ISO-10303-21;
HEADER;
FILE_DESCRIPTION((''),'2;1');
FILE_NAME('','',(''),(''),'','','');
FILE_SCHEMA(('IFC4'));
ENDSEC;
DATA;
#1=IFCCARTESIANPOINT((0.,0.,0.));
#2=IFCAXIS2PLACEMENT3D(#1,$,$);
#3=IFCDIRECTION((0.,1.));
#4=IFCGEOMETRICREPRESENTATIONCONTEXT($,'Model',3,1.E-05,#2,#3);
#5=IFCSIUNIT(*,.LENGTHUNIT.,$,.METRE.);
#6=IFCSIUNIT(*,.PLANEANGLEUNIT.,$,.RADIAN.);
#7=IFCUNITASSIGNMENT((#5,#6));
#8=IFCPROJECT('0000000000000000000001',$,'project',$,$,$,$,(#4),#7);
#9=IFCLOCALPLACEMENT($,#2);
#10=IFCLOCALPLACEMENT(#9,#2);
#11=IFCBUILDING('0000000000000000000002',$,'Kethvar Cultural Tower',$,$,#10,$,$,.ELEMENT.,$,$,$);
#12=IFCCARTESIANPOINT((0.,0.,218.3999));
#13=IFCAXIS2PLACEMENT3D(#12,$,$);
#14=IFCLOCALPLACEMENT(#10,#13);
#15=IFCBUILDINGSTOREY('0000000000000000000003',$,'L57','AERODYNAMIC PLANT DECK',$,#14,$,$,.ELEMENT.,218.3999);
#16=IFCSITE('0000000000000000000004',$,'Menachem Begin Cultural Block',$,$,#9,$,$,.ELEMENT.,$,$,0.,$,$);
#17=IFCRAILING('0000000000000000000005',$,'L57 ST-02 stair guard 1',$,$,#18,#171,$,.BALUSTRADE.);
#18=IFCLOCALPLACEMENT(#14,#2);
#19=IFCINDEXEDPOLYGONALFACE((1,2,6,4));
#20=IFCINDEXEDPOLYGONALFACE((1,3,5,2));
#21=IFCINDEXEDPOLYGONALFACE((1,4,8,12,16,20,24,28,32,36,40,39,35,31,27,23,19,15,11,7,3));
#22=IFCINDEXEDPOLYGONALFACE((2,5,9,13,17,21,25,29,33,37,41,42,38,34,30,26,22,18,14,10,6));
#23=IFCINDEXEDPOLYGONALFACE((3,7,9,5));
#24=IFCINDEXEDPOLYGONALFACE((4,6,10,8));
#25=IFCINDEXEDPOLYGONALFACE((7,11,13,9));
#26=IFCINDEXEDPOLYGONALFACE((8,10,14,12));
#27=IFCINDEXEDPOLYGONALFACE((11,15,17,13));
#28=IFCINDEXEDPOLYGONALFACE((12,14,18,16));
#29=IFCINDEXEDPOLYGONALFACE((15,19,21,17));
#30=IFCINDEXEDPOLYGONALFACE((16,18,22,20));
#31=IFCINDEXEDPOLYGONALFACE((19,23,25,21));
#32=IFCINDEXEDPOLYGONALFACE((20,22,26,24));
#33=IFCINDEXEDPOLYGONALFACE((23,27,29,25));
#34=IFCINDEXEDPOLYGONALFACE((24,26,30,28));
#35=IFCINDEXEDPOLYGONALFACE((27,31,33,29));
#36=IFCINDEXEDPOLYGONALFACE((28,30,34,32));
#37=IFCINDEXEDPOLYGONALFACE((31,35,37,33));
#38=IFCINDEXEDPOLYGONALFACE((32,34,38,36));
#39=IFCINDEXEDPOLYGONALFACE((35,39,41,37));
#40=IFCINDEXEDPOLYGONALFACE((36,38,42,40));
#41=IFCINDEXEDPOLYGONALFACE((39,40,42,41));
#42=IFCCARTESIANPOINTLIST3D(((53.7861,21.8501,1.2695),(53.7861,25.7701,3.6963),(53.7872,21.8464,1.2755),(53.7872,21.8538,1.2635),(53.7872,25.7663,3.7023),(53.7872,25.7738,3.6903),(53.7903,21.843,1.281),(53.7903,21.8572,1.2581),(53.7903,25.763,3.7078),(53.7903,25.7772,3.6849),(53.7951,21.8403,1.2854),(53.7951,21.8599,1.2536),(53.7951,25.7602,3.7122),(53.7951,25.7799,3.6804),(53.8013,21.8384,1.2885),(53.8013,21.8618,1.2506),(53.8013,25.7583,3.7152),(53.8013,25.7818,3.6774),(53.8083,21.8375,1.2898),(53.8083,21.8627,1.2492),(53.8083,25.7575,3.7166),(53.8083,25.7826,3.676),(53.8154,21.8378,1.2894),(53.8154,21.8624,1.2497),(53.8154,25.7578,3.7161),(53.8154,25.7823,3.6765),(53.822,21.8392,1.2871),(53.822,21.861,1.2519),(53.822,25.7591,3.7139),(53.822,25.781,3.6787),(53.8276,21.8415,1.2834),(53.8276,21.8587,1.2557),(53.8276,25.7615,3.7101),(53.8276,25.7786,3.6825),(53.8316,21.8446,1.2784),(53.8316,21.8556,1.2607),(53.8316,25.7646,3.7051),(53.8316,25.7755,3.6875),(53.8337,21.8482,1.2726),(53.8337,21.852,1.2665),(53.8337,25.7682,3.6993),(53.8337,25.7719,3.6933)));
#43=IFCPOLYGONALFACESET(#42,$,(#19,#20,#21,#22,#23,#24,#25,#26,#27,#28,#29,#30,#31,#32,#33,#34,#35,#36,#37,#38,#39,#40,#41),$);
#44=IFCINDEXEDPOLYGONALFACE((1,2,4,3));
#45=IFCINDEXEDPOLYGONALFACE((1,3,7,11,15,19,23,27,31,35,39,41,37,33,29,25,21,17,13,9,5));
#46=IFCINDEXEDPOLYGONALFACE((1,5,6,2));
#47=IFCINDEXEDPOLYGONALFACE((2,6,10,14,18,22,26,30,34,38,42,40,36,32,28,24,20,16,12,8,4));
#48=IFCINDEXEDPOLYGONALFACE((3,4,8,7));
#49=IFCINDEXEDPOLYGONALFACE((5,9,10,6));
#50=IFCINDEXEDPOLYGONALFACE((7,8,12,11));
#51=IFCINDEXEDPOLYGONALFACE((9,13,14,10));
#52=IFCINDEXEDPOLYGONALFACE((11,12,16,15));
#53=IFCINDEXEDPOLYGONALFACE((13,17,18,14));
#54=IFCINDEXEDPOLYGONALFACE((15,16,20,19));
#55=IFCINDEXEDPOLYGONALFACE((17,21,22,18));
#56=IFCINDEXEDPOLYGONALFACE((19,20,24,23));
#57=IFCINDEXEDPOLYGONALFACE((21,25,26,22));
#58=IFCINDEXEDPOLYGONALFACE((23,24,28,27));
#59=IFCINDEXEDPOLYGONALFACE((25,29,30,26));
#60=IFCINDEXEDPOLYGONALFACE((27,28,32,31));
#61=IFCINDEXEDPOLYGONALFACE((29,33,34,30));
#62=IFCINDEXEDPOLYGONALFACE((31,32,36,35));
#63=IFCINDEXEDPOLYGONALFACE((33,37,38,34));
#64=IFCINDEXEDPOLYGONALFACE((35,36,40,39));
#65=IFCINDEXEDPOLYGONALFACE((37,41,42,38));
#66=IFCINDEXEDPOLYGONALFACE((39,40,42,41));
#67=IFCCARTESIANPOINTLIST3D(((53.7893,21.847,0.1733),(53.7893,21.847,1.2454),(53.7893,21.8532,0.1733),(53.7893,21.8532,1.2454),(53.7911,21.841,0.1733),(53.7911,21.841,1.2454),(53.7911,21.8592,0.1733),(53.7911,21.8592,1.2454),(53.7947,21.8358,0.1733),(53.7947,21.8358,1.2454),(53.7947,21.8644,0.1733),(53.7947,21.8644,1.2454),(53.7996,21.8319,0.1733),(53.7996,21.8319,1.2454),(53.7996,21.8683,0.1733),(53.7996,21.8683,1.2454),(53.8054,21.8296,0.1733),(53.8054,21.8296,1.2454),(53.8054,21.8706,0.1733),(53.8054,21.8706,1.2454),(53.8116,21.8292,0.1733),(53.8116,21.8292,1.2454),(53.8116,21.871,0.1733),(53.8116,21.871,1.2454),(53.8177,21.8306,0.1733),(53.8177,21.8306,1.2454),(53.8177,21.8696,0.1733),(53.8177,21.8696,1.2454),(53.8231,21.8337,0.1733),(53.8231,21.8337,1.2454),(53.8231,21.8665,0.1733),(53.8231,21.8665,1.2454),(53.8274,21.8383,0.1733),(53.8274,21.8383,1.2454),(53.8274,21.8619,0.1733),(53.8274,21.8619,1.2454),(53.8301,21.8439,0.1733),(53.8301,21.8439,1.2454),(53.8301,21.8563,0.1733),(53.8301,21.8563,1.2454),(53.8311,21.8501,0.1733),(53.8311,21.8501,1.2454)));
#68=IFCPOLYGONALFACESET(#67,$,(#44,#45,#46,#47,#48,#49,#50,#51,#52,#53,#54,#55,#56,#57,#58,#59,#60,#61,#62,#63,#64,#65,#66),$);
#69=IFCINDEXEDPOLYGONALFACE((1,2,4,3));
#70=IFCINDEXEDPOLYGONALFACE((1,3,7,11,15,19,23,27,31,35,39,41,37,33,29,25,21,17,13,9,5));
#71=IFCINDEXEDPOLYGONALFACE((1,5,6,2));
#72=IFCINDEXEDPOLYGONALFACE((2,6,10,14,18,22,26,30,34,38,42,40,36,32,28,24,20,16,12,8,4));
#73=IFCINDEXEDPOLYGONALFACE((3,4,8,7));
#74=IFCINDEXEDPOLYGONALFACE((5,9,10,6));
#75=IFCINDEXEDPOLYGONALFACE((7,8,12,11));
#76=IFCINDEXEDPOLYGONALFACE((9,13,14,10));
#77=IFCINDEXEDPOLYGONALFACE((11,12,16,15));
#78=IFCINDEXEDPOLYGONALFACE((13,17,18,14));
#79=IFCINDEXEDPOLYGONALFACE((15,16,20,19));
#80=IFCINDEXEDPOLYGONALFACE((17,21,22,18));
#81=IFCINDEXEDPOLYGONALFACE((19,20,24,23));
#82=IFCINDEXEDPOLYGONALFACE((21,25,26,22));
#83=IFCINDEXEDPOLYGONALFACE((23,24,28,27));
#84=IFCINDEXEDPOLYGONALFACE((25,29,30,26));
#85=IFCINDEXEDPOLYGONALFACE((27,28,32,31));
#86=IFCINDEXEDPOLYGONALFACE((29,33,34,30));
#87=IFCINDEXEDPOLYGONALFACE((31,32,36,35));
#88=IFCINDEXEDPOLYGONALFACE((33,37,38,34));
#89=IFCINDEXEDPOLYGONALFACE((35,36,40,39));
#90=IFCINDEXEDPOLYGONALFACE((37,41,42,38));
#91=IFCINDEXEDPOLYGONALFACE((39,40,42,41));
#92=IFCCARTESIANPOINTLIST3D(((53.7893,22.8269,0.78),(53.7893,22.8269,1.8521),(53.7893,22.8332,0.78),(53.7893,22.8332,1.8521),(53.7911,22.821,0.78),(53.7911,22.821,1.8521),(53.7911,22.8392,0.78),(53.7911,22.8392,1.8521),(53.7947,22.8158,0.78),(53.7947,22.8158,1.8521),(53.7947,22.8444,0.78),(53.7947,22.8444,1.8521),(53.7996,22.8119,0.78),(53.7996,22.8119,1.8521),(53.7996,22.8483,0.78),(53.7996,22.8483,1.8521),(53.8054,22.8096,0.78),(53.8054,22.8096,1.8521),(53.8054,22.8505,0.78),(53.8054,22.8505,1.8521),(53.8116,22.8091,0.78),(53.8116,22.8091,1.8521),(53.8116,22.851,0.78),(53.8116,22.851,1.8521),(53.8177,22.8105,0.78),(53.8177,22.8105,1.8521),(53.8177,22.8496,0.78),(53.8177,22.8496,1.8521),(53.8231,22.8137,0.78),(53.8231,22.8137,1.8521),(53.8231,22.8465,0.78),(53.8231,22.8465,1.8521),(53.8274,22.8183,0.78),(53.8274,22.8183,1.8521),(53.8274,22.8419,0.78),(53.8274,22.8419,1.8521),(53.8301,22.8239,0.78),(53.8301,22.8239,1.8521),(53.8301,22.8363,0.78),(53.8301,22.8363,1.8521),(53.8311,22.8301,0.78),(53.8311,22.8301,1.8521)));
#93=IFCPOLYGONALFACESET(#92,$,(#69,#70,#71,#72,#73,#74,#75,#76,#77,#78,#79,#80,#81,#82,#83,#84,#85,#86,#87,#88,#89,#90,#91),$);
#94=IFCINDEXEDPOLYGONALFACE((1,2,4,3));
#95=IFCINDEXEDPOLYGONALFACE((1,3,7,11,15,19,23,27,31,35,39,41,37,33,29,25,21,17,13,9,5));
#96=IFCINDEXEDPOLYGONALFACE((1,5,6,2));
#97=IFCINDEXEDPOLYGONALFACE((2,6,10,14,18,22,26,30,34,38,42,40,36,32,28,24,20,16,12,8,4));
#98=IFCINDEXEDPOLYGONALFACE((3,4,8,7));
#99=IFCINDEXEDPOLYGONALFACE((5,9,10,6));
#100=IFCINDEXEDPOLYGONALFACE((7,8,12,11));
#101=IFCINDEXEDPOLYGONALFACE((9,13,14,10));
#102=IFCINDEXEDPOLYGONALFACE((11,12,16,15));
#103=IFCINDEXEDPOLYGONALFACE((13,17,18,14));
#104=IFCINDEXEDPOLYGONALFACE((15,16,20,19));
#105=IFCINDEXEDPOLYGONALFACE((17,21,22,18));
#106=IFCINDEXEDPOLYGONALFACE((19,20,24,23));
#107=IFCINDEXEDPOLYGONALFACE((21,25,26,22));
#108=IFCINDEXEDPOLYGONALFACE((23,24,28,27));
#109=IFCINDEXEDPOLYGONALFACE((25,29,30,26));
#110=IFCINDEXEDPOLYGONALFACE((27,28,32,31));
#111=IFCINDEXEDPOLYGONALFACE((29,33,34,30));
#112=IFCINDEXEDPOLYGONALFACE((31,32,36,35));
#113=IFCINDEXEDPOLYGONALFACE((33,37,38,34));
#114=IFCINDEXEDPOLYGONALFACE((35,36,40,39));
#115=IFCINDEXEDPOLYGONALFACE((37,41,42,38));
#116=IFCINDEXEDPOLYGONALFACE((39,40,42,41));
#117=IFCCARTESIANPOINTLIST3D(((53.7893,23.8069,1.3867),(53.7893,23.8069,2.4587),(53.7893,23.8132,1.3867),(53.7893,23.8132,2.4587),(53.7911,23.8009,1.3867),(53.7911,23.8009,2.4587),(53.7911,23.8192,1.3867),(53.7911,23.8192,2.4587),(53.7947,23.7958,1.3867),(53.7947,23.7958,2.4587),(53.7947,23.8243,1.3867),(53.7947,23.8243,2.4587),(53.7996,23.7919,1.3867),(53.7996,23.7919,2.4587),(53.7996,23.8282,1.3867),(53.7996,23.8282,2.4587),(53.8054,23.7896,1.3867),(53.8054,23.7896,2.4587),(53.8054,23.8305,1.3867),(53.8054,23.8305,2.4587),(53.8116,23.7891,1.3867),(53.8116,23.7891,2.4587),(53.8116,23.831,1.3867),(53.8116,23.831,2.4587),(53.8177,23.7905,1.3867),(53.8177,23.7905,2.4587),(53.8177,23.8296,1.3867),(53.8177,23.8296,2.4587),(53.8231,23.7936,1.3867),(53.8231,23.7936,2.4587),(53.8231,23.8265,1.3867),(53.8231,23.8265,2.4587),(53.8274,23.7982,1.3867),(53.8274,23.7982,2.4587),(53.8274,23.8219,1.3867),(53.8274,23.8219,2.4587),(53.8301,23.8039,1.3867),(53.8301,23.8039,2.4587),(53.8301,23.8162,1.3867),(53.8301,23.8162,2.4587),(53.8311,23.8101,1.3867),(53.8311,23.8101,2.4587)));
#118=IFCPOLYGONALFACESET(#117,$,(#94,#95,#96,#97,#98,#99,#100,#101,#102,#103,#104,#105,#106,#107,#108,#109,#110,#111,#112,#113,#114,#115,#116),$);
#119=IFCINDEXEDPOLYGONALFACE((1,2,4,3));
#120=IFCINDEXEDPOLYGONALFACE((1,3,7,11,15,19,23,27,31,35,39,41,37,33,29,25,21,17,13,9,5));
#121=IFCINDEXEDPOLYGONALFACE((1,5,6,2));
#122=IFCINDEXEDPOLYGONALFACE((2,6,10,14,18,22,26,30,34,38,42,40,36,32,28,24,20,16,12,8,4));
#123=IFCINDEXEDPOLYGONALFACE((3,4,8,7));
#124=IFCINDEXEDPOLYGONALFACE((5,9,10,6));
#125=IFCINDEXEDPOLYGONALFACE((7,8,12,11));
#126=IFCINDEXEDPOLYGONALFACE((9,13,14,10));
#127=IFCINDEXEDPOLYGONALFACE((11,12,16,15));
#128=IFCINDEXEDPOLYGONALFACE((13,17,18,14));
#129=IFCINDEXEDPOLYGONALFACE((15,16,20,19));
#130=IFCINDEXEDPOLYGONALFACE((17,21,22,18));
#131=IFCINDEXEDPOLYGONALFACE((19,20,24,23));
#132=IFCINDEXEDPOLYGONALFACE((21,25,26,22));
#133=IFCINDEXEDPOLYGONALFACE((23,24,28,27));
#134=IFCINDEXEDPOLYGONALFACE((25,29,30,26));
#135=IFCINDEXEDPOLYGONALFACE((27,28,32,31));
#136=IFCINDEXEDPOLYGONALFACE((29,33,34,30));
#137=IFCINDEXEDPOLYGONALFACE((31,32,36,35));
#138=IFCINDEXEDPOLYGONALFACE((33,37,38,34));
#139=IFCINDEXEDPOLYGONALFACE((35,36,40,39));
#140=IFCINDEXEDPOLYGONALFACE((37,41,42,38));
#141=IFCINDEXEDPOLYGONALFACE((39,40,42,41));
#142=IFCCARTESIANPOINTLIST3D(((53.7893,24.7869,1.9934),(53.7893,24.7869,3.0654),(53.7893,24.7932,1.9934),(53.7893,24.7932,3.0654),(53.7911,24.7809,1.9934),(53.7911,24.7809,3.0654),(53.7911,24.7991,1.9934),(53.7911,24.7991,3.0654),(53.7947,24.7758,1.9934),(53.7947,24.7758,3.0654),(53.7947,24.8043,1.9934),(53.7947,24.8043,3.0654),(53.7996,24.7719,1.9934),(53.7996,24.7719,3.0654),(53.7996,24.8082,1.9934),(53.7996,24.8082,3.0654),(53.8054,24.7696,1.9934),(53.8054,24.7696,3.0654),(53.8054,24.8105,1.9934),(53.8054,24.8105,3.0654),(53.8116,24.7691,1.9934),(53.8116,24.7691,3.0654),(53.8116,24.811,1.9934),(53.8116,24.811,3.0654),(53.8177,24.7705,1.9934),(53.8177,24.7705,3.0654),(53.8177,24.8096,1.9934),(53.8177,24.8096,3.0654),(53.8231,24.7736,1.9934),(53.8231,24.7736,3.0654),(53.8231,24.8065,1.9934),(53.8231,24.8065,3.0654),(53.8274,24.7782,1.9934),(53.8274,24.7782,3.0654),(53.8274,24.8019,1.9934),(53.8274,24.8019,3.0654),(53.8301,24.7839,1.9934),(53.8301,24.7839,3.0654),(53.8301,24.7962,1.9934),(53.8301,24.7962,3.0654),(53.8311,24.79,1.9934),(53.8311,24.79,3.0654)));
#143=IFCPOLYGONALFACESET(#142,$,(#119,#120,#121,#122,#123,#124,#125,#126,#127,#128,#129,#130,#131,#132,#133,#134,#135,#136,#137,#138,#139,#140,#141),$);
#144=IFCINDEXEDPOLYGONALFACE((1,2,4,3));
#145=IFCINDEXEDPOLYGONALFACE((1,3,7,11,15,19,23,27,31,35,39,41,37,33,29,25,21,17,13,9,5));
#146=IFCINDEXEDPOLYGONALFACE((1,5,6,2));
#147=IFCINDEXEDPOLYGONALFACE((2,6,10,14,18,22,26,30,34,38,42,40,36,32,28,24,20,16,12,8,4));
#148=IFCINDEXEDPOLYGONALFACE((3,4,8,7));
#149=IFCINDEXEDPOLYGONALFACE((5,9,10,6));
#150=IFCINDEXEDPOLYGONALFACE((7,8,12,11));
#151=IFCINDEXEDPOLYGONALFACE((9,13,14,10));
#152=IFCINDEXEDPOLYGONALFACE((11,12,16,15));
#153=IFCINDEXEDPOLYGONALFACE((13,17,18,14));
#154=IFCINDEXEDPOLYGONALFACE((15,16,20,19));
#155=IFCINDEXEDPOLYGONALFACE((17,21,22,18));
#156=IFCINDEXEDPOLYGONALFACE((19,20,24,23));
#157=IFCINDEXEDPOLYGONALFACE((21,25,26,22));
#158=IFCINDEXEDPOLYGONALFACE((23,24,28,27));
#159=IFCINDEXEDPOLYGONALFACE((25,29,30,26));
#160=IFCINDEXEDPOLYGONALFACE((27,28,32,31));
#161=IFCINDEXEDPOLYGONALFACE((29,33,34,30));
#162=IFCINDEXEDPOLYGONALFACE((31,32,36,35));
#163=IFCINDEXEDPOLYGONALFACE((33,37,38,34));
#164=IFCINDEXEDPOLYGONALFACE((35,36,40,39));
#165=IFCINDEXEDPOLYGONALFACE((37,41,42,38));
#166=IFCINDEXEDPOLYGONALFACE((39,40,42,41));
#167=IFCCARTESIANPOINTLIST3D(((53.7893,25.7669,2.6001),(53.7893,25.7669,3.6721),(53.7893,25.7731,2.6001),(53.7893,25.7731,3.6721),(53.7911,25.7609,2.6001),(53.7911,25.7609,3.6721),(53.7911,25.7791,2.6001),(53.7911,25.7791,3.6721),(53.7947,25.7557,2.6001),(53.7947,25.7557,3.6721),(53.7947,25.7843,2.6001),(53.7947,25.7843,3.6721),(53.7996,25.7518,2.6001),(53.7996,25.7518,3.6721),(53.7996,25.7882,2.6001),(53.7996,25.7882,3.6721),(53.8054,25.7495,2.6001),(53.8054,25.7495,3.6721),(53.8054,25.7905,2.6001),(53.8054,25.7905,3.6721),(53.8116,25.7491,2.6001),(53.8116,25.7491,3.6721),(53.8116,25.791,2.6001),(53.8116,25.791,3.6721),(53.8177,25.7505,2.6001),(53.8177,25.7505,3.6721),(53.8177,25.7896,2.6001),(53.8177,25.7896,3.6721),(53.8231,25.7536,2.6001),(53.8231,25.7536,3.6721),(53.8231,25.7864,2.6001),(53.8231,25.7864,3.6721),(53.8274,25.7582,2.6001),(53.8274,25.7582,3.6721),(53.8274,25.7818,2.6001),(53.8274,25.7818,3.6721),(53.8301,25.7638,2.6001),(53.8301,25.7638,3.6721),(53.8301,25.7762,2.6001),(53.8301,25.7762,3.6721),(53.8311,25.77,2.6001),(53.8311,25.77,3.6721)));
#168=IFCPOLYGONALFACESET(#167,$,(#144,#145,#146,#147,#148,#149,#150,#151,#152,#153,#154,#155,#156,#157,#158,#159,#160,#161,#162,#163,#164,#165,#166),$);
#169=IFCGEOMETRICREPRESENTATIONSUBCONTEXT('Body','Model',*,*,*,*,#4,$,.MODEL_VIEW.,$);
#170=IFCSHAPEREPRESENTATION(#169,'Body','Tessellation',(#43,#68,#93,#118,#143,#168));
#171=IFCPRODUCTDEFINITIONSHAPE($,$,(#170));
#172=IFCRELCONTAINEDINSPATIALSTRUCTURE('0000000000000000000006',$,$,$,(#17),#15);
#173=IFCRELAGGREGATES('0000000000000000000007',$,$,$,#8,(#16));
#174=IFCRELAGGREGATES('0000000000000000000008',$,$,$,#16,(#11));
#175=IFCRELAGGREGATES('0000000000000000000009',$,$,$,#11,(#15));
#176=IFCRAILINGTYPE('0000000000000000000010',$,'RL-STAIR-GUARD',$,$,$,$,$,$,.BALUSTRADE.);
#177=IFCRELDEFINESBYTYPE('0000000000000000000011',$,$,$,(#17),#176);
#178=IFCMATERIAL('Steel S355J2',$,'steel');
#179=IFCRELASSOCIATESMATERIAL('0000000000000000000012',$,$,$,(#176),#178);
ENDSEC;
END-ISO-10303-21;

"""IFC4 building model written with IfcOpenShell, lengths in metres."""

from ifc_helpers import new_model, si_unit, direction, frame, origin, origin_2d, place, context, subcontext, project, spatial, circle, extrude, material, type_object, element, save


model = new_model("IFC4")

# Units and contexts
model_context = context("Model", 3, precision=1e-05, world=origin(), true_north=direction((0.0, 1.0)))
body_context = subcontext(model_context, "Body", "Model", "MODEL_VIEW")
ifc_project = project(units=[si_unit("LENGTHUNIT", "METRE"), si_unit("PLANEANGLEUNIT", "RADIAN")], contexts=[model_context])

# Site, building, storey
site_placement = place(None, origin())
site = spatial("IfcSite", under=ifc_project, at=site_placement, Name="Menachem Begin Cultural Block", CompositionType="ELEMENT", RefElevation=0.0)
building_placement = place(site_placement, origin())
building = spatial("IfcBuilding", under=site, at=building_placement, Name="Kethvar Cultural Tower", CompositionType="ELEMENT")
storey_placement = place(building_placement, frame((0.0, 0.0, 218.3999)))
storey = spatial("IfcBuildingStorey", under=building, at=storey_placement, Name="L57", Description="AERODYNAMIC PLANT DECK", CompositionType="ELEMENT", Elevation=218.3999)

# Shared definitions
ifc_material_1 = material(Name="Steel S355J2", Category="steel")

# Railing
railing_type_1 = type_object("IfcRailingType", Name="RL-STAIR-GUARD", PredefinedType="BALUSTRADE", material=ifc_material_1)
railing_1_placement = place(storey_placement, frame((53.8101, 21.8501, 0.1733)))
element("IfcRailing", 1, at=railing_1_placement, inside=storey, type_object=railing_type_1, Name="L57 ST-02 stair guard 1", PredefinedType="BALUSTRADE", context=body_context, shape_type="SweptSolid", body=[
    extrude(circle(Radius=0.0239, at=origin_2d()), frame((0.0, 0.0, 1.0962), z_axis=(0.0, 0.850252, 0.526376), x_axis=(-1.0, 0.0, 0.0)), (0.0, 0.0, 1.0), 4.6104),
    extrude(circle(Radius=0.021, at=origin_2d()), origin(), (0.0, 0.0, 1.0), 1.072),
    extrude(circle(Radius=0.021, at=origin_2d()), frame((0.0, 0.98, 0.6067)), (0.0, 0.0, 1.0), 1.072),
    extrude(circle(Radius=0.021, at=origin_2d()), frame((0.0, 1.96, 1.2134)), (0.0, 0.0, 1.0), 1.072),
    extrude(circle(Radius=0.021, at=origin_2d()), frame((0.0, 2.9399, 1.8201)), (0.0, 0.0, 1.0), 1.072),
    extrude(circle(Radius=0.021, at=origin_2d()), frame((0.0, 3.9199, 2.4268)), (0.0, 0.0, 1.0), 1.072),
])

save(model, "model.ifc")
